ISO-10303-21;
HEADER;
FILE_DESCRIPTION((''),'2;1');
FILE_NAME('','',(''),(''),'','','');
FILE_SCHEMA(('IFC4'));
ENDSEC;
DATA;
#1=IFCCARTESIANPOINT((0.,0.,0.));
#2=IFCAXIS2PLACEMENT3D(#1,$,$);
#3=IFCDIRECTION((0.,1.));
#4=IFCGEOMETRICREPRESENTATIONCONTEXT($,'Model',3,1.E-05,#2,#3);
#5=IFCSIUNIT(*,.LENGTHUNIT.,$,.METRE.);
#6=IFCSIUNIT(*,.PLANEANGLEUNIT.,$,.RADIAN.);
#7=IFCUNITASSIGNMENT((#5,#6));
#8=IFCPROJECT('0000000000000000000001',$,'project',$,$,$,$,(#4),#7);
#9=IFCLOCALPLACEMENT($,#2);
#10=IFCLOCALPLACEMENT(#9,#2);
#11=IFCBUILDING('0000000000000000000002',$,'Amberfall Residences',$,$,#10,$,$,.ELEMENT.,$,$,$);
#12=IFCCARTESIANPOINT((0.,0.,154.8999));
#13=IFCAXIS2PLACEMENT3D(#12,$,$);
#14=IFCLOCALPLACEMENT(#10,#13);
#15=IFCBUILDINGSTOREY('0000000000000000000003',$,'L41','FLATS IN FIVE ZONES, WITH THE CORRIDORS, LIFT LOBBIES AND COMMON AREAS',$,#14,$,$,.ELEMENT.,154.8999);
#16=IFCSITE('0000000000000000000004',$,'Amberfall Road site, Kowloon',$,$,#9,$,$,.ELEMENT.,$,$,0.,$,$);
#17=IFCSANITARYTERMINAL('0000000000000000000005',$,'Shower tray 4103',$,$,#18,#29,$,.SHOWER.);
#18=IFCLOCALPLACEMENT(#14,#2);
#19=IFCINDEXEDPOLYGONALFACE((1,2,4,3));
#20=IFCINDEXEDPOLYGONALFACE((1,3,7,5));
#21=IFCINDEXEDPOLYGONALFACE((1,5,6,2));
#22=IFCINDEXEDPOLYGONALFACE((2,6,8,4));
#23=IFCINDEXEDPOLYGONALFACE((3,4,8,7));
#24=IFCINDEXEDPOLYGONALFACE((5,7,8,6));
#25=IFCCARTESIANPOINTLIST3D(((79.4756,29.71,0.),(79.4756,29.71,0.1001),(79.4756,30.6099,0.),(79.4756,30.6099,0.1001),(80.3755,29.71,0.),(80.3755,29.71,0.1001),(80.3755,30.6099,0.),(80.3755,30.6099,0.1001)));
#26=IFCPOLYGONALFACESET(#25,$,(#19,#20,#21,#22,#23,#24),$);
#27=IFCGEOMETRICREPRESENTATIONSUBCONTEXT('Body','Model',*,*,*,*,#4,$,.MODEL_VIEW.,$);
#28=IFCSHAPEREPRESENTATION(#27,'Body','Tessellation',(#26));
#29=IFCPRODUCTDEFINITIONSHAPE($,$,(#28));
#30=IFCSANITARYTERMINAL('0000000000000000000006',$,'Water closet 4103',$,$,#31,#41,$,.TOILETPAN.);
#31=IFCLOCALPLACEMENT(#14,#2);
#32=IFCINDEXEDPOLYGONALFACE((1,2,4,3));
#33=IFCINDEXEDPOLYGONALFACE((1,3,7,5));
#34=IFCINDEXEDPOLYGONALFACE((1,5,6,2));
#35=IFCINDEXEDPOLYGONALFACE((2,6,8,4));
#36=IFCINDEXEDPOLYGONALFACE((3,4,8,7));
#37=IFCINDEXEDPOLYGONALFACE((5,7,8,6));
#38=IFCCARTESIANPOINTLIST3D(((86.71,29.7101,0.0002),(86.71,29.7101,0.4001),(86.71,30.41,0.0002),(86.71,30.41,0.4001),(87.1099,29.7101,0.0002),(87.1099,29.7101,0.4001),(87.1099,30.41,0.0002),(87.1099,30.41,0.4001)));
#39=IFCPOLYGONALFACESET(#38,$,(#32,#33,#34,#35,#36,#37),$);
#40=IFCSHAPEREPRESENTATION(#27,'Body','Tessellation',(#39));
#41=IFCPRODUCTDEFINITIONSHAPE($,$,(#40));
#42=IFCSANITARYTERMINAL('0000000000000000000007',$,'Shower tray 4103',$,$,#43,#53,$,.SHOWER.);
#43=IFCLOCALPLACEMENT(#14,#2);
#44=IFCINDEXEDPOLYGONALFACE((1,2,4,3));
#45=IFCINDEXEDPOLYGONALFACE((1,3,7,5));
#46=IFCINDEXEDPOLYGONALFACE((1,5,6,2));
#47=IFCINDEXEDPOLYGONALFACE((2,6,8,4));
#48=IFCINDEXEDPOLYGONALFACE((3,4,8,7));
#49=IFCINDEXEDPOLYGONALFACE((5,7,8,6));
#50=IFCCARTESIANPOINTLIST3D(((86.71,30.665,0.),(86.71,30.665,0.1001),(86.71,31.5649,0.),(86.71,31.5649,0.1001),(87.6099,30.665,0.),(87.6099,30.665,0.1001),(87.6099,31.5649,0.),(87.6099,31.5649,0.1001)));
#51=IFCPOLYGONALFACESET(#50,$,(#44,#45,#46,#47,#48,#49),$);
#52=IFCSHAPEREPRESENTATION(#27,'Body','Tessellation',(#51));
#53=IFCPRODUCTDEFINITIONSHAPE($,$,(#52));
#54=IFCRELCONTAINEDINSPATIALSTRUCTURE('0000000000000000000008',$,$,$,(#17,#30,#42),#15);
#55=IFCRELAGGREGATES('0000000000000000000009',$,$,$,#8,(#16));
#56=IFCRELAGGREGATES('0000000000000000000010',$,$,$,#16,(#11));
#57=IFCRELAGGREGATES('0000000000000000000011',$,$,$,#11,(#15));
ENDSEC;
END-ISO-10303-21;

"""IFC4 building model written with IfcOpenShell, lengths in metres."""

from ifc_helpers import new_model, si_unit, direction, frame, origin, origin_2d, place, context, subcontext, project, spatial, rectangle, extrude, element, save


model = new_model("IFC4")

# Units and contexts
model_context = context("Model", 3, precision=1e-05, world=origin(), true_north=direction((0.0, 1.0)))
body_context = subcontext(model_context, "Body", "Model", "MODEL_VIEW")
ifc_project = project(units=[si_unit("LENGTHUNIT", "METRE"), si_unit("PLANEANGLEUNIT", "RADIAN")], contexts=[model_context])

# Site, building, storey
site_placement = place(None, origin())
site = spatial("IfcSite", under=ifc_project, at=site_placement, Name="Amberfall Road site, Kowloon", CompositionType="ELEMENT", RefElevation=0.0)
building_placement = place(site_placement, origin())
building = spatial("IfcBuilding", under=site, at=building_placement, Name="Amberfall Residences", CompositionType="ELEMENT")
storey_placement = place(building_placement, frame((0.0, 0.0, 154.8999)))
storey = spatial("IfcBuildingStorey", under=building, at=storey_placement, Name="L41", Description="FLATS IN FIVE ZONES, WITH THE CORRIDORS, LIFT LOBBIES AND COMMON AREAS", CompositionType="ELEMENT", Elevation=154.8999)

# Sanitary terminals
sanitary_terminal_1_placement = place(storey_placement, frame((79.9255, 30.1599, 0.0), z_axis=(0.0, 0.0, 1.0), x_axis=(1.0, 0.0, 0.0)))
element("IfcSanitaryTerminal", 1, at=sanitary_terminal_1_placement, inside=storey, Name="Shower tray 4103", PredefinedType="SHOWER", context=body_context, shape_type="SweptSolid", body=[
    extrude(rectangle(XDim=0.8999, YDim=0.8999, at=origin_2d()), origin(), (0.0, 0.0, 1.0), 0.1001),
])
sanitary_terminal_2_placement = place(storey_placement, frame((86.9099, 30.0601, 0.0002), z_axis=(0.0, 0.0, 1.0), x_axis=(1.0, 0.0, 0.0)))
element("IfcSanitaryTerminal", 2, at=sanitary_terminal_2_placement, inside=storey, Name="Water closet 4103", PredefinedType="TOILETPAN", context=body_context, shape_type="SweptSolid", body=[
    extrude(rectangle(XDim=0.3999, YDim=0.7, at=origin_2d()), origin(), (0.0, 0.0, 1.0), 0.3999),
])
sanitary_terminal_3_placement = place(storey_placement, frame((87.1599, 31.115, 0.0), z_axis=(0.0, 0.0, 1.0), x_axis=(1.0, 0.0, 0.0)))
element("IfcSanitaryTerminal", 3, at=sanitary_terminal_3_placement, inside=storey, Name="Shower tray 4103", PredefinedType="SHOWER", context=body_context, shape_type="SweptSolid", body=[
    extrude(rectangle(XDim=0.8999, YDim=0.8999, at=origin_2d()), origin(), (0.0, 0.0, 1.0), 0.1001),
])

save(model, "model.ifc")
